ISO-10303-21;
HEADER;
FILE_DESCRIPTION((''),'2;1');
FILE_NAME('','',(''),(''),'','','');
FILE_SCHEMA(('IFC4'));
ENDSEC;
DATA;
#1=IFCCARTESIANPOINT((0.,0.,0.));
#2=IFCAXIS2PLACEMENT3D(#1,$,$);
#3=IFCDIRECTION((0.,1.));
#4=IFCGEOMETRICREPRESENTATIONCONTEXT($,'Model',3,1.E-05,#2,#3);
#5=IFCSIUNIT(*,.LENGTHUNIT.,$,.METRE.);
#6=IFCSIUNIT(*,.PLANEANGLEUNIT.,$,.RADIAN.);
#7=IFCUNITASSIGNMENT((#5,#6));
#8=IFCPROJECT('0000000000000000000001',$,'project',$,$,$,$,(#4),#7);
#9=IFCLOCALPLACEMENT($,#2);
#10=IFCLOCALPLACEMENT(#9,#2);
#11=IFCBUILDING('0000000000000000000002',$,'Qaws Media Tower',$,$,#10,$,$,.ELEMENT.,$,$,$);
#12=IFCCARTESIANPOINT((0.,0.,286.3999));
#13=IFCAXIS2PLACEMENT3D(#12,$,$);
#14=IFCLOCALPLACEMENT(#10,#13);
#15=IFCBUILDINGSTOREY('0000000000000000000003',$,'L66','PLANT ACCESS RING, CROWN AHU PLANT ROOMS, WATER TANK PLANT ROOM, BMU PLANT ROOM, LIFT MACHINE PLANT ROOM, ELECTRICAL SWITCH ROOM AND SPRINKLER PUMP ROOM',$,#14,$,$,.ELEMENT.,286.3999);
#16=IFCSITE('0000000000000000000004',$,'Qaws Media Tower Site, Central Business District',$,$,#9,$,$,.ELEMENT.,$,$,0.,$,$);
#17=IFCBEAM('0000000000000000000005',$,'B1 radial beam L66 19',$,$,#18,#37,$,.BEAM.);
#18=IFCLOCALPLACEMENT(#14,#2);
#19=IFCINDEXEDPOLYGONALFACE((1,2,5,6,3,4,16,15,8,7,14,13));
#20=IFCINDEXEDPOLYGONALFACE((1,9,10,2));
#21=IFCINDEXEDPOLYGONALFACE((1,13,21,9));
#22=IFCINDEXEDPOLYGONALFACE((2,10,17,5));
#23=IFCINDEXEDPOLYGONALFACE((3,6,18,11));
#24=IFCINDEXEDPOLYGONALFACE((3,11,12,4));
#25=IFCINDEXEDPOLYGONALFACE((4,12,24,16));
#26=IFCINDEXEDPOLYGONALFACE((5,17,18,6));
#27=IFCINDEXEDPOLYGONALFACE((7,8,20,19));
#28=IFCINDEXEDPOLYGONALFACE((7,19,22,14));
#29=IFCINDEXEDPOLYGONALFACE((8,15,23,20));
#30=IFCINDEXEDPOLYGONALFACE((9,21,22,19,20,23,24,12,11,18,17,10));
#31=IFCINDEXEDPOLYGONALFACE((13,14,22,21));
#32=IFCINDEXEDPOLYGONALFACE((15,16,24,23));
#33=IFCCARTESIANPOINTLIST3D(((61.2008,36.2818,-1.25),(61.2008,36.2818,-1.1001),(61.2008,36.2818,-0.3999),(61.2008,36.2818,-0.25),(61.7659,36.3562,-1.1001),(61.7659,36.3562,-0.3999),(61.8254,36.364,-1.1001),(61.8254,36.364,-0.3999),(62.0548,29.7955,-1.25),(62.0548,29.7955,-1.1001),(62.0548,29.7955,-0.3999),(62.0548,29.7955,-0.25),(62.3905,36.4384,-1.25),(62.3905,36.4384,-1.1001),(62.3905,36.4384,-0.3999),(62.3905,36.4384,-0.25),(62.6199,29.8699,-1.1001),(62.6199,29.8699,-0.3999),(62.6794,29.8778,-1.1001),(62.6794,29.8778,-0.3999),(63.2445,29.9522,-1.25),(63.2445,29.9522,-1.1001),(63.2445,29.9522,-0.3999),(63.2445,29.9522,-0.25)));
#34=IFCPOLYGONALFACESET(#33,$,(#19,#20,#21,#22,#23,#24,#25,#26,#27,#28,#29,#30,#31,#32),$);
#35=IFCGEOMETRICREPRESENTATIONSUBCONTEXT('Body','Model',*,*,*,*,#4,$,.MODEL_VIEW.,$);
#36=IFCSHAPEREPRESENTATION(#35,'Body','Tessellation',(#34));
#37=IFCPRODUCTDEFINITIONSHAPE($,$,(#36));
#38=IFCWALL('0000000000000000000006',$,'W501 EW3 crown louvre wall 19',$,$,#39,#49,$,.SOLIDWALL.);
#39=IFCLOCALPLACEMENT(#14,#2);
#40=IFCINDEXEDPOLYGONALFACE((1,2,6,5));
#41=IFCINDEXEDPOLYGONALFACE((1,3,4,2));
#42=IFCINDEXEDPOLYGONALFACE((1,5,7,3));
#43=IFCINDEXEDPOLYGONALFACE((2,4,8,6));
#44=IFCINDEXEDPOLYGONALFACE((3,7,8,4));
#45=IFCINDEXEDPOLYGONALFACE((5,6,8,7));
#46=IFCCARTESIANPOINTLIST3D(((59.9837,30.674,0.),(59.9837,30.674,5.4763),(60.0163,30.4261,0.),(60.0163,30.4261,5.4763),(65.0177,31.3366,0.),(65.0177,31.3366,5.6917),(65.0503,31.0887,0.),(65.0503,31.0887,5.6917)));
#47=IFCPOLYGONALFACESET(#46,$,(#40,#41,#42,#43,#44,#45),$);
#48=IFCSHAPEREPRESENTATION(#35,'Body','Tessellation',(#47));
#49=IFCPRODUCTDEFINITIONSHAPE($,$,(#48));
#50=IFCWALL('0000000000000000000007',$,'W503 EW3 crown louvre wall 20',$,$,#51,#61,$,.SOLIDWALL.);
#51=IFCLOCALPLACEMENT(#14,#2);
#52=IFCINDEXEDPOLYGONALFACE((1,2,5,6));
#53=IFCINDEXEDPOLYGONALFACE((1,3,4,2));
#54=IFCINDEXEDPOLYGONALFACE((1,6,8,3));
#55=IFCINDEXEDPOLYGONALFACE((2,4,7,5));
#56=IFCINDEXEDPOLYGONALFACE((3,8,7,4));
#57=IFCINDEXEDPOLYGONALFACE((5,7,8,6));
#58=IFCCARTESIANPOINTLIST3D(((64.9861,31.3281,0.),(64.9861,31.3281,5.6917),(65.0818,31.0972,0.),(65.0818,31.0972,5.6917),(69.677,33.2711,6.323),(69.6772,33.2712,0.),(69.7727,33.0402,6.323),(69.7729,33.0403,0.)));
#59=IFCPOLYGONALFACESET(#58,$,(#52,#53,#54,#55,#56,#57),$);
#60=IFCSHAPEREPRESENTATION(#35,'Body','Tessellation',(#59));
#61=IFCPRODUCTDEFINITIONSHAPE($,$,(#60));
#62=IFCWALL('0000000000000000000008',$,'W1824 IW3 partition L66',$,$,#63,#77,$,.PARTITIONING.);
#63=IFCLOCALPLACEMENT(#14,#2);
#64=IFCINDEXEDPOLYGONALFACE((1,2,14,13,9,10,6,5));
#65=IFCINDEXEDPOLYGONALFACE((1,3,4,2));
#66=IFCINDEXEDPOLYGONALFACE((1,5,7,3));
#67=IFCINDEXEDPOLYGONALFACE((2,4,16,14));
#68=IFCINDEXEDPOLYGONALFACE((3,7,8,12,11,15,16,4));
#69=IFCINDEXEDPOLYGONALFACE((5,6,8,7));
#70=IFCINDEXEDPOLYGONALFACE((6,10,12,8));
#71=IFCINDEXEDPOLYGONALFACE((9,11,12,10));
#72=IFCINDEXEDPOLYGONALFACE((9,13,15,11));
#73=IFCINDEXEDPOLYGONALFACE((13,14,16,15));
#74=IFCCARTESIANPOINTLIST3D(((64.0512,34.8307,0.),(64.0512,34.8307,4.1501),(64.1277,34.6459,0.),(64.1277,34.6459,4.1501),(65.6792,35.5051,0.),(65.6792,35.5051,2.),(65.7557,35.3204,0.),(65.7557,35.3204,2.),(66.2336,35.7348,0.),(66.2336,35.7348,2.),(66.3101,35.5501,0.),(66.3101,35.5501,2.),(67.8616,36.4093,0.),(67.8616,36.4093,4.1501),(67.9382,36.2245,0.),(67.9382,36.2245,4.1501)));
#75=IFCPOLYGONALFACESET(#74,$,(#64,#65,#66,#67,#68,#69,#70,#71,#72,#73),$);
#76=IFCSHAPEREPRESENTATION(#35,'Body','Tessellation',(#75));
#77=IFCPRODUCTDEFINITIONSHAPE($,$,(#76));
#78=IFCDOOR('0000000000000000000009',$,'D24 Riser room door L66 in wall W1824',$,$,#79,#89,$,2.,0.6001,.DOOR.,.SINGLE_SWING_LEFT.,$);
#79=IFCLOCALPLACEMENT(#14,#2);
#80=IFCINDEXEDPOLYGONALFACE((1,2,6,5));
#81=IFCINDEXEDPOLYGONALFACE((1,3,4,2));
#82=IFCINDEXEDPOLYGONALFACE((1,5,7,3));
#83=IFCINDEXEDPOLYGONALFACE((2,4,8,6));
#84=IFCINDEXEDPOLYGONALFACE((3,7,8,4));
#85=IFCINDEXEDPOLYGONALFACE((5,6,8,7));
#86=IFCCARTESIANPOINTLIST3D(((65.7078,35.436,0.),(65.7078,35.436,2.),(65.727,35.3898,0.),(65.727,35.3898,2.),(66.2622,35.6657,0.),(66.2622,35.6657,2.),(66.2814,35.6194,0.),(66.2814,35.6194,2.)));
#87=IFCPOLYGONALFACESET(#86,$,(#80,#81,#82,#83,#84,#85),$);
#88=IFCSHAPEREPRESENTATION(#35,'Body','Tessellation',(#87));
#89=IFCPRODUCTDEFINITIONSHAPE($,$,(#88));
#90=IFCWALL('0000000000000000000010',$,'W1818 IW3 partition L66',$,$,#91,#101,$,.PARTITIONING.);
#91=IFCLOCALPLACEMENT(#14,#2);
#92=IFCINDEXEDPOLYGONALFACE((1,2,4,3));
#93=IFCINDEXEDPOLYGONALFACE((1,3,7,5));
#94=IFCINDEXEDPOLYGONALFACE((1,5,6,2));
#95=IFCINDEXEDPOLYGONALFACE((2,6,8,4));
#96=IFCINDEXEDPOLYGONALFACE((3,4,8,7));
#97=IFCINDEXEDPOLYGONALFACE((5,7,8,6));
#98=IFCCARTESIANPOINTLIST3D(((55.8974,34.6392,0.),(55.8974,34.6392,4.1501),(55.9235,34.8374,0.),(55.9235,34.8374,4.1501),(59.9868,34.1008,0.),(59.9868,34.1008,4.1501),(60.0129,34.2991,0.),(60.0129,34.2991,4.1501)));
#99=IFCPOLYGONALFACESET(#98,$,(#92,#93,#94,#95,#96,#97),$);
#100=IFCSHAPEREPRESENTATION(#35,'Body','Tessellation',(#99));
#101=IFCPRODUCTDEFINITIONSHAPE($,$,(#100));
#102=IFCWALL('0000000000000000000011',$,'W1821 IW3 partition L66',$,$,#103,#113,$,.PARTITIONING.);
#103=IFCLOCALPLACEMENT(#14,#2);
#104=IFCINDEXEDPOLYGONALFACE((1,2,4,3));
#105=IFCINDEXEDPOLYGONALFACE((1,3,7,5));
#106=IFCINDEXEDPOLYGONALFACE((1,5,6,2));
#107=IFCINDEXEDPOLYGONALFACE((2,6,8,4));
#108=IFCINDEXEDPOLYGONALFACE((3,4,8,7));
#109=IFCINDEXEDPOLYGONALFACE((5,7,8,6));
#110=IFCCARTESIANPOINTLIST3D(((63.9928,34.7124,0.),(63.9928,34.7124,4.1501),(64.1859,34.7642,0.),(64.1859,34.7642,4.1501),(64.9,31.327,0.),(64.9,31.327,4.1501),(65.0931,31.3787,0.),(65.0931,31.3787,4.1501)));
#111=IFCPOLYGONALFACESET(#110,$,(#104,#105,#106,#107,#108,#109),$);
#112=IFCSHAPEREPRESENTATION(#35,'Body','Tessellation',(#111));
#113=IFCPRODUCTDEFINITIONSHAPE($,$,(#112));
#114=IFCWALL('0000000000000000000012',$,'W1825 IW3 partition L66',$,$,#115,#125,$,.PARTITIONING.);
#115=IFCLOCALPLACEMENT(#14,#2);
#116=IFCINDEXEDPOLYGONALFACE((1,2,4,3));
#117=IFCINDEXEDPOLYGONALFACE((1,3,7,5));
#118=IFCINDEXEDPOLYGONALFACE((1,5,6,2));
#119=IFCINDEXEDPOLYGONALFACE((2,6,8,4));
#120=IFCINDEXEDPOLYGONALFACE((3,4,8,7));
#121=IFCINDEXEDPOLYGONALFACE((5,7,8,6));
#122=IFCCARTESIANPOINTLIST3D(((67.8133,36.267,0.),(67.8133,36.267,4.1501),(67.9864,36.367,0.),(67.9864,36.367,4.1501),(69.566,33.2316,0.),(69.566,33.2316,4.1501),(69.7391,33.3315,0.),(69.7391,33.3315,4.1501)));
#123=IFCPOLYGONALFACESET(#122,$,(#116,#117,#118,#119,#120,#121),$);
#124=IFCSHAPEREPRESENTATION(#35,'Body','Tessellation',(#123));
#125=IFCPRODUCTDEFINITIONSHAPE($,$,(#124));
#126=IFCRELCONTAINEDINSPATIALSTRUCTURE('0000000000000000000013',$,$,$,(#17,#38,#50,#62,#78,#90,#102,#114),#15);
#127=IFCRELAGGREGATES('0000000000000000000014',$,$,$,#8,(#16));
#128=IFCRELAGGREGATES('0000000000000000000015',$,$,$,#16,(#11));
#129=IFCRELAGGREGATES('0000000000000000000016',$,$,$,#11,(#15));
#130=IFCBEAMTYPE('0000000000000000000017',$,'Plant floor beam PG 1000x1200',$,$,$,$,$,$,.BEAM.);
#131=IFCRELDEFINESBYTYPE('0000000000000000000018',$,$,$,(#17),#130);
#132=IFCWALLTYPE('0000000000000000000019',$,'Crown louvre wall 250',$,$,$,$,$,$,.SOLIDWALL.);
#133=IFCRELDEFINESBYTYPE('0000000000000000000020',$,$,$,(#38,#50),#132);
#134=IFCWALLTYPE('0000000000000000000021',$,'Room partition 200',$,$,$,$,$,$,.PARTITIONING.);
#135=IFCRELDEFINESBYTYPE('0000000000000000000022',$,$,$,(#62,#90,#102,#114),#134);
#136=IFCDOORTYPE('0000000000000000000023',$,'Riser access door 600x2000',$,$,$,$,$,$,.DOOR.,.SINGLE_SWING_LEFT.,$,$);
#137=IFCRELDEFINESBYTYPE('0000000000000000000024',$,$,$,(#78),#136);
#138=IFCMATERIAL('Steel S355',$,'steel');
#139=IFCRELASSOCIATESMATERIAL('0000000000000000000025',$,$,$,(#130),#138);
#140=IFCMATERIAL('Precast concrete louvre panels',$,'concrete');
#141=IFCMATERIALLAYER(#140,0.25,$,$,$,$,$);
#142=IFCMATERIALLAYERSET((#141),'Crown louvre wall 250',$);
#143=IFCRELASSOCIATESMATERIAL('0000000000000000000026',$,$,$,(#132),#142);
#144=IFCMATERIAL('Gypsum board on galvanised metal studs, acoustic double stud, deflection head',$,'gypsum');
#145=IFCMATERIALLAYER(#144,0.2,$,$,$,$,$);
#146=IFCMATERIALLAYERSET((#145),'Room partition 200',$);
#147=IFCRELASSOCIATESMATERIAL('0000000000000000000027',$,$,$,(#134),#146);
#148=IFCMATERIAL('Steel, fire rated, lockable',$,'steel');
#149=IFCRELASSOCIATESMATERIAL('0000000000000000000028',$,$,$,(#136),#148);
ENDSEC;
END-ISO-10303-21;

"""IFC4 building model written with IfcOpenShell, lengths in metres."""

from ifc_helpers import new_model, si_unit, direction, frame, frame_2d, origin, origin_2d, place, context, subcontext, project, spatial, polyline, rectangle, i_section, outline, extrude, material, layer, layer_set, material_profile, profile_set, type_object, element, fill, save


model = new_model("IFC4")

# Units and contexts
model_context = context("Model", 3, precision=1e-05, world=origin(), true_north=direction((0.0, 1.0)))
body_context = subcontext(model_context, "Body", "Model", "MODEL_VIEW")
ifc_project = project(units=[si_unit("LENGTHUNIT", "METRE"), si_unit("PLANEANGLEUNIT", "RADIAN")], contexts=[model_context])

# Site, building, storey
site_placement = place(None, origin())
site = spatial("IfcSite", under=ifc_project, at=site_placement, Name="Qaws Media Tower Site, Central Business District", CompositionType="ELEMENT", RefElevation=0.0)
building_placement = place(site_placement, origin())
building = spatial("IfcBuilding", under=site, at=building_placement, Name="Qaws Media Tower", CompositionType="ELEMENT")
storey_placement = place(building_placement, frame((0.0, 0.0, 286.3999)))
storey = spatial("IfcBuildingStorey", under=building, at=storey_placement, Name="L66", Description="PLANT ACCESS RING, CROWN AHU PLANT ROOMS, WATER TANK PLANT ROOM, BMU PLANT ROOM, LIFT MACHINE PLANT ROOM, ELECTRICAL SWITCH ROOM AND SPRINKLER PUMP ROOM", CompositionType="ELEMENT", Elevation=286.3999)

# Beam
ifc_material_1 = material(Name="Steel S355", Category="steel")
ifc_material_profile_1 = material_profile(ifc_material_1, i_section(OverallWidth=1.2, OverallDepth=1.0, WebThickness=0.0601, FlangeThickness=0.1499, at=origin_2d()), Name="PG 1000x1200")
ifc_profile_set_1 = profile_set([ifc_material_profile_1], Name="Steel S355")
beam_type_1 = type_object("IfcBeamType", Name="Plant floor beam PG 1000x1200", PredefinedType="BEAM", material=ifc_profile_set_1)
beam_1_placement = place(storey_placement, frame((61.7957, 36.3601, -0.75), z_axis=(0.130536, -0.991444, 0.0), x_axis=(0.991444, 0.130536, 0.0)))
element("IfcBeam", 1, at=beam_1_placement, inside=storey, type_object=beam_type_1, Name="B1 radial beam L66 19", PredefinedType="BEAM", context=body_context, shape_type="SweptSolid", body=[
    extrude(i_section(OverallWidth=1.2, OverallDepth=1.0, WebThickness=0.0601, FlangeThickness=0.1499, at=origin_2d()), origin(), (0.0, 0.0, 1.0), 6.5422),
])

# Walls
ifc_material_2 = material(Name="Precast concrete louvre panels", Category="concrete")
ifc_layer_1 = layer(ifc_material_2, 0.25)
ifc_layer_set_1 = layer_set([ifc_layer_1], Name="Crown louvre wall 250")
wall_type_1 = type_object("IfcWallType", Name="Crown louvre wall 250", PredefinedType="SOLIDWALL", material=ifc_layer_set_1)
wall_1_placement = place(storey_placement, frame((60.0, 30.55, 0.0), z_axis=(0.0, 0.0, 1.0), x_axis=(0.991448, 0.130501, 0.0)))
element("IfcWall", 2, at=wall_1_placement, inside=storey, type_object=wall_type_1, Name="W501 EW3 crown louvre wall 19", PredefinedType="SOLIDWALL", context=body_context, shape_type="SweptSolid", body=[
    extrude(outline(polyline([(0.0, 0.0), (5.0774, 0.0), (5.0774, 5.6917), (0.0, 5.4763), (0.0, 0.0)])), frame((0.0, 0.125, 0.0), z_axis=(0.0, -1.0, 0.0), x_axis=(1.0, 0.0, 0.0)), (0.0, 0.0, 1.0), 0.25),
])
wall_2_placement = place(storey_placement, frame((65.0339, 31.2126, 0.0), z_axis=(0.0, 0.0, 1.0), x_axis=(0.923881, 0.382679, 0.0)))
element("IfcWall", 3, at=wall_2_placement, inside=storey, type_object=wall_type_1, Name="W503 EW3 crown louvre wall 20", PredefinedType="SOLIDWALL", context=body_context, shape_type="SweptSolid", body=[
    extrude(outline(polyline([(0.0, 0.0), (5.0776, 0.0), (5.0774, 6.323), (0.0, 5.6917), (0.0, 0.0)])), frame((0.0, 0.125, 0.0), z_axis=(0.0, -1.0, 0.0), x_axis=(1.0, 0.0, 0.0)), (0.0, 0.0, 1.0), 0.25),
])

# Wall, opening, door
ifc_material_3 = material(Name="Gypsum board on galvanised metal studs, acoustic double stud, deflection head", Category="gypsum")
ifc_layer_2 = layer(ifc_material_3, 0.2)
ifc_layer_set_2 = layer_set([ifc_layer_2], Name="Room partition 200")
wall_type_2 = type_object("IfcWallType", Name="Room partition 200", PredefinedType="PARTITIONING", material=ifc_layer_set_2)
wall_3_placement = place(storey_placement, frame((67.8999, 36.3169, 0.0), z_axis=(0.0, 0.0, 1.0), x_axis=(-0.92386, -0.382732, 0.0)))
wall_3 = element("IfcWall", 4, at=wall_3_placement, inside=storey, type_object=wall_type_2, Name="W1824 IW3 partition L66", PredefinedType="PARTITIONING", context=body_context, shape_type="SweptSolid", body=[
    extrude(rectangle(XDim=4.1245, YDim=0.2, at=frame_2d((2.0623, 0.0))), origin(), (0.0, 0.0, 1.0), 4.1501),
])
opening_1_placement = place(wall_3_placement, frame((1.7622, 0.0, 0.0)))
opening_1 = element("IfcOpeningElement", 5, at=opening_1_placement, cuts=wall_3, PredefinedType="OPENING", context=body_context, shape_type="SweptSolid", body=[
    extrude(rectangle(XDim=0.6001, YDim=2.0, at=frame_2d((0.3, 1.0))), frame((0.0, 0.1099, 0.0), z_axis=(0.0, -1.0, 0.0), x_axis=(1.0, 0.0, 0.0)), (0.0, 0.0, 1.0), 0.22),
])
ifc_material_4 = material(Name="Steel, fire rated, lockable", Category="steel")
door_type_1 = type_object("IfcDoorType", Name="Riser access door 600x2000", OperationType="SINGLE_SWING_LEFT", PredefinedType="DOOR", material=ifc_material_4)
door_1_placement = place(opening_1_placement, origin())
door_1 = element("IfcDoor", 6, at=door_1_placement, inside=storey, type_object=door_type_1, Name="D24 Riser room door L66 in wall W1824", OperationType="SINGLE_SWING_LEFT", OverallHeight=2.0, OverallWidth=0.6001, PredefinedType="DOOR", context=body_context, shape_type="SweptSolid", body=[
    extrude(rectangle(XDim=0.6001, YDim=2.0, at=frame_2d((0.3, 1.0))), frame((0.0, 0.0249, 0.0), z_axis=(0.0, -1.0, 0.0), x_axis=(1.0, 0.0, 0.0)), (0.0, 0.0, 1.0), 0.05),
])
fill(opening_1, door_1)

# Walls
wall_4_placement = place(storey_placement, frame((60.0, 34.2, 0.0), z_axis=(0.0, 0.0, 1.0), x_axis=(-0.991446, 0.130516, 0.0)))
element("IfcWall", 7, at=wall_4_placement, inside=storey, type_object=wall_type_2, Name="W1818 IW3 partition L66", PredefinedType="PARTITIONING", context=body_context, shape_type="SweptSolid", body=[
    extrude(rectangle(XDim=4.1248, YDim=0.2, at=frame_2d((2.0625, 0.0))), origin(), (0.0, 0.0, 1.0), 4.1501),
])
wall_5_placement = place(storey_placement, frame((64.0894, 34.7383, 0.0), z_axis=(0.0, 0.0, 1.0), x_axis=(0.258842, -0.96592, 0.0)))
element("IfcWall", 8, at=wall_5_placement, inside=storey, type_object=wall_type_2, Name="W1821 IW3 partition L66", PredefinedType="PARTITIONING", context=body_context, shape_type="SweptSolid", body=[
    extrude(rectangle(XDim=3.5049, YDim=0.2, at=frame_2d((1.7524, 0.0))), origin(), (0.0, 0.0, 1.0), 4.1501),
])
wall_6_placement = place(storey_placement, frame((67.8999, 36.3169, 0.0), z_axis=(0.0, 0.0, 1.0), x_axis=(0.500042, -0.866001, 0.0)))
element("IfcWall", 9, at=wall_6_placement, inside=storey, type_object=wall_type_2, Name="W1825 IW3 partition L66", PredefinedType="PARTITIONING", context=body_context, shape_type="SweptSolid", body=[
    extrude(rectangle(XDim=3.5051, YDim=0.2, at=frame_2d((1.7524, 0.0))), origin(), (0.0, 0.0, 1.0), 4.1501),
])

save(model, "model.ifc")
